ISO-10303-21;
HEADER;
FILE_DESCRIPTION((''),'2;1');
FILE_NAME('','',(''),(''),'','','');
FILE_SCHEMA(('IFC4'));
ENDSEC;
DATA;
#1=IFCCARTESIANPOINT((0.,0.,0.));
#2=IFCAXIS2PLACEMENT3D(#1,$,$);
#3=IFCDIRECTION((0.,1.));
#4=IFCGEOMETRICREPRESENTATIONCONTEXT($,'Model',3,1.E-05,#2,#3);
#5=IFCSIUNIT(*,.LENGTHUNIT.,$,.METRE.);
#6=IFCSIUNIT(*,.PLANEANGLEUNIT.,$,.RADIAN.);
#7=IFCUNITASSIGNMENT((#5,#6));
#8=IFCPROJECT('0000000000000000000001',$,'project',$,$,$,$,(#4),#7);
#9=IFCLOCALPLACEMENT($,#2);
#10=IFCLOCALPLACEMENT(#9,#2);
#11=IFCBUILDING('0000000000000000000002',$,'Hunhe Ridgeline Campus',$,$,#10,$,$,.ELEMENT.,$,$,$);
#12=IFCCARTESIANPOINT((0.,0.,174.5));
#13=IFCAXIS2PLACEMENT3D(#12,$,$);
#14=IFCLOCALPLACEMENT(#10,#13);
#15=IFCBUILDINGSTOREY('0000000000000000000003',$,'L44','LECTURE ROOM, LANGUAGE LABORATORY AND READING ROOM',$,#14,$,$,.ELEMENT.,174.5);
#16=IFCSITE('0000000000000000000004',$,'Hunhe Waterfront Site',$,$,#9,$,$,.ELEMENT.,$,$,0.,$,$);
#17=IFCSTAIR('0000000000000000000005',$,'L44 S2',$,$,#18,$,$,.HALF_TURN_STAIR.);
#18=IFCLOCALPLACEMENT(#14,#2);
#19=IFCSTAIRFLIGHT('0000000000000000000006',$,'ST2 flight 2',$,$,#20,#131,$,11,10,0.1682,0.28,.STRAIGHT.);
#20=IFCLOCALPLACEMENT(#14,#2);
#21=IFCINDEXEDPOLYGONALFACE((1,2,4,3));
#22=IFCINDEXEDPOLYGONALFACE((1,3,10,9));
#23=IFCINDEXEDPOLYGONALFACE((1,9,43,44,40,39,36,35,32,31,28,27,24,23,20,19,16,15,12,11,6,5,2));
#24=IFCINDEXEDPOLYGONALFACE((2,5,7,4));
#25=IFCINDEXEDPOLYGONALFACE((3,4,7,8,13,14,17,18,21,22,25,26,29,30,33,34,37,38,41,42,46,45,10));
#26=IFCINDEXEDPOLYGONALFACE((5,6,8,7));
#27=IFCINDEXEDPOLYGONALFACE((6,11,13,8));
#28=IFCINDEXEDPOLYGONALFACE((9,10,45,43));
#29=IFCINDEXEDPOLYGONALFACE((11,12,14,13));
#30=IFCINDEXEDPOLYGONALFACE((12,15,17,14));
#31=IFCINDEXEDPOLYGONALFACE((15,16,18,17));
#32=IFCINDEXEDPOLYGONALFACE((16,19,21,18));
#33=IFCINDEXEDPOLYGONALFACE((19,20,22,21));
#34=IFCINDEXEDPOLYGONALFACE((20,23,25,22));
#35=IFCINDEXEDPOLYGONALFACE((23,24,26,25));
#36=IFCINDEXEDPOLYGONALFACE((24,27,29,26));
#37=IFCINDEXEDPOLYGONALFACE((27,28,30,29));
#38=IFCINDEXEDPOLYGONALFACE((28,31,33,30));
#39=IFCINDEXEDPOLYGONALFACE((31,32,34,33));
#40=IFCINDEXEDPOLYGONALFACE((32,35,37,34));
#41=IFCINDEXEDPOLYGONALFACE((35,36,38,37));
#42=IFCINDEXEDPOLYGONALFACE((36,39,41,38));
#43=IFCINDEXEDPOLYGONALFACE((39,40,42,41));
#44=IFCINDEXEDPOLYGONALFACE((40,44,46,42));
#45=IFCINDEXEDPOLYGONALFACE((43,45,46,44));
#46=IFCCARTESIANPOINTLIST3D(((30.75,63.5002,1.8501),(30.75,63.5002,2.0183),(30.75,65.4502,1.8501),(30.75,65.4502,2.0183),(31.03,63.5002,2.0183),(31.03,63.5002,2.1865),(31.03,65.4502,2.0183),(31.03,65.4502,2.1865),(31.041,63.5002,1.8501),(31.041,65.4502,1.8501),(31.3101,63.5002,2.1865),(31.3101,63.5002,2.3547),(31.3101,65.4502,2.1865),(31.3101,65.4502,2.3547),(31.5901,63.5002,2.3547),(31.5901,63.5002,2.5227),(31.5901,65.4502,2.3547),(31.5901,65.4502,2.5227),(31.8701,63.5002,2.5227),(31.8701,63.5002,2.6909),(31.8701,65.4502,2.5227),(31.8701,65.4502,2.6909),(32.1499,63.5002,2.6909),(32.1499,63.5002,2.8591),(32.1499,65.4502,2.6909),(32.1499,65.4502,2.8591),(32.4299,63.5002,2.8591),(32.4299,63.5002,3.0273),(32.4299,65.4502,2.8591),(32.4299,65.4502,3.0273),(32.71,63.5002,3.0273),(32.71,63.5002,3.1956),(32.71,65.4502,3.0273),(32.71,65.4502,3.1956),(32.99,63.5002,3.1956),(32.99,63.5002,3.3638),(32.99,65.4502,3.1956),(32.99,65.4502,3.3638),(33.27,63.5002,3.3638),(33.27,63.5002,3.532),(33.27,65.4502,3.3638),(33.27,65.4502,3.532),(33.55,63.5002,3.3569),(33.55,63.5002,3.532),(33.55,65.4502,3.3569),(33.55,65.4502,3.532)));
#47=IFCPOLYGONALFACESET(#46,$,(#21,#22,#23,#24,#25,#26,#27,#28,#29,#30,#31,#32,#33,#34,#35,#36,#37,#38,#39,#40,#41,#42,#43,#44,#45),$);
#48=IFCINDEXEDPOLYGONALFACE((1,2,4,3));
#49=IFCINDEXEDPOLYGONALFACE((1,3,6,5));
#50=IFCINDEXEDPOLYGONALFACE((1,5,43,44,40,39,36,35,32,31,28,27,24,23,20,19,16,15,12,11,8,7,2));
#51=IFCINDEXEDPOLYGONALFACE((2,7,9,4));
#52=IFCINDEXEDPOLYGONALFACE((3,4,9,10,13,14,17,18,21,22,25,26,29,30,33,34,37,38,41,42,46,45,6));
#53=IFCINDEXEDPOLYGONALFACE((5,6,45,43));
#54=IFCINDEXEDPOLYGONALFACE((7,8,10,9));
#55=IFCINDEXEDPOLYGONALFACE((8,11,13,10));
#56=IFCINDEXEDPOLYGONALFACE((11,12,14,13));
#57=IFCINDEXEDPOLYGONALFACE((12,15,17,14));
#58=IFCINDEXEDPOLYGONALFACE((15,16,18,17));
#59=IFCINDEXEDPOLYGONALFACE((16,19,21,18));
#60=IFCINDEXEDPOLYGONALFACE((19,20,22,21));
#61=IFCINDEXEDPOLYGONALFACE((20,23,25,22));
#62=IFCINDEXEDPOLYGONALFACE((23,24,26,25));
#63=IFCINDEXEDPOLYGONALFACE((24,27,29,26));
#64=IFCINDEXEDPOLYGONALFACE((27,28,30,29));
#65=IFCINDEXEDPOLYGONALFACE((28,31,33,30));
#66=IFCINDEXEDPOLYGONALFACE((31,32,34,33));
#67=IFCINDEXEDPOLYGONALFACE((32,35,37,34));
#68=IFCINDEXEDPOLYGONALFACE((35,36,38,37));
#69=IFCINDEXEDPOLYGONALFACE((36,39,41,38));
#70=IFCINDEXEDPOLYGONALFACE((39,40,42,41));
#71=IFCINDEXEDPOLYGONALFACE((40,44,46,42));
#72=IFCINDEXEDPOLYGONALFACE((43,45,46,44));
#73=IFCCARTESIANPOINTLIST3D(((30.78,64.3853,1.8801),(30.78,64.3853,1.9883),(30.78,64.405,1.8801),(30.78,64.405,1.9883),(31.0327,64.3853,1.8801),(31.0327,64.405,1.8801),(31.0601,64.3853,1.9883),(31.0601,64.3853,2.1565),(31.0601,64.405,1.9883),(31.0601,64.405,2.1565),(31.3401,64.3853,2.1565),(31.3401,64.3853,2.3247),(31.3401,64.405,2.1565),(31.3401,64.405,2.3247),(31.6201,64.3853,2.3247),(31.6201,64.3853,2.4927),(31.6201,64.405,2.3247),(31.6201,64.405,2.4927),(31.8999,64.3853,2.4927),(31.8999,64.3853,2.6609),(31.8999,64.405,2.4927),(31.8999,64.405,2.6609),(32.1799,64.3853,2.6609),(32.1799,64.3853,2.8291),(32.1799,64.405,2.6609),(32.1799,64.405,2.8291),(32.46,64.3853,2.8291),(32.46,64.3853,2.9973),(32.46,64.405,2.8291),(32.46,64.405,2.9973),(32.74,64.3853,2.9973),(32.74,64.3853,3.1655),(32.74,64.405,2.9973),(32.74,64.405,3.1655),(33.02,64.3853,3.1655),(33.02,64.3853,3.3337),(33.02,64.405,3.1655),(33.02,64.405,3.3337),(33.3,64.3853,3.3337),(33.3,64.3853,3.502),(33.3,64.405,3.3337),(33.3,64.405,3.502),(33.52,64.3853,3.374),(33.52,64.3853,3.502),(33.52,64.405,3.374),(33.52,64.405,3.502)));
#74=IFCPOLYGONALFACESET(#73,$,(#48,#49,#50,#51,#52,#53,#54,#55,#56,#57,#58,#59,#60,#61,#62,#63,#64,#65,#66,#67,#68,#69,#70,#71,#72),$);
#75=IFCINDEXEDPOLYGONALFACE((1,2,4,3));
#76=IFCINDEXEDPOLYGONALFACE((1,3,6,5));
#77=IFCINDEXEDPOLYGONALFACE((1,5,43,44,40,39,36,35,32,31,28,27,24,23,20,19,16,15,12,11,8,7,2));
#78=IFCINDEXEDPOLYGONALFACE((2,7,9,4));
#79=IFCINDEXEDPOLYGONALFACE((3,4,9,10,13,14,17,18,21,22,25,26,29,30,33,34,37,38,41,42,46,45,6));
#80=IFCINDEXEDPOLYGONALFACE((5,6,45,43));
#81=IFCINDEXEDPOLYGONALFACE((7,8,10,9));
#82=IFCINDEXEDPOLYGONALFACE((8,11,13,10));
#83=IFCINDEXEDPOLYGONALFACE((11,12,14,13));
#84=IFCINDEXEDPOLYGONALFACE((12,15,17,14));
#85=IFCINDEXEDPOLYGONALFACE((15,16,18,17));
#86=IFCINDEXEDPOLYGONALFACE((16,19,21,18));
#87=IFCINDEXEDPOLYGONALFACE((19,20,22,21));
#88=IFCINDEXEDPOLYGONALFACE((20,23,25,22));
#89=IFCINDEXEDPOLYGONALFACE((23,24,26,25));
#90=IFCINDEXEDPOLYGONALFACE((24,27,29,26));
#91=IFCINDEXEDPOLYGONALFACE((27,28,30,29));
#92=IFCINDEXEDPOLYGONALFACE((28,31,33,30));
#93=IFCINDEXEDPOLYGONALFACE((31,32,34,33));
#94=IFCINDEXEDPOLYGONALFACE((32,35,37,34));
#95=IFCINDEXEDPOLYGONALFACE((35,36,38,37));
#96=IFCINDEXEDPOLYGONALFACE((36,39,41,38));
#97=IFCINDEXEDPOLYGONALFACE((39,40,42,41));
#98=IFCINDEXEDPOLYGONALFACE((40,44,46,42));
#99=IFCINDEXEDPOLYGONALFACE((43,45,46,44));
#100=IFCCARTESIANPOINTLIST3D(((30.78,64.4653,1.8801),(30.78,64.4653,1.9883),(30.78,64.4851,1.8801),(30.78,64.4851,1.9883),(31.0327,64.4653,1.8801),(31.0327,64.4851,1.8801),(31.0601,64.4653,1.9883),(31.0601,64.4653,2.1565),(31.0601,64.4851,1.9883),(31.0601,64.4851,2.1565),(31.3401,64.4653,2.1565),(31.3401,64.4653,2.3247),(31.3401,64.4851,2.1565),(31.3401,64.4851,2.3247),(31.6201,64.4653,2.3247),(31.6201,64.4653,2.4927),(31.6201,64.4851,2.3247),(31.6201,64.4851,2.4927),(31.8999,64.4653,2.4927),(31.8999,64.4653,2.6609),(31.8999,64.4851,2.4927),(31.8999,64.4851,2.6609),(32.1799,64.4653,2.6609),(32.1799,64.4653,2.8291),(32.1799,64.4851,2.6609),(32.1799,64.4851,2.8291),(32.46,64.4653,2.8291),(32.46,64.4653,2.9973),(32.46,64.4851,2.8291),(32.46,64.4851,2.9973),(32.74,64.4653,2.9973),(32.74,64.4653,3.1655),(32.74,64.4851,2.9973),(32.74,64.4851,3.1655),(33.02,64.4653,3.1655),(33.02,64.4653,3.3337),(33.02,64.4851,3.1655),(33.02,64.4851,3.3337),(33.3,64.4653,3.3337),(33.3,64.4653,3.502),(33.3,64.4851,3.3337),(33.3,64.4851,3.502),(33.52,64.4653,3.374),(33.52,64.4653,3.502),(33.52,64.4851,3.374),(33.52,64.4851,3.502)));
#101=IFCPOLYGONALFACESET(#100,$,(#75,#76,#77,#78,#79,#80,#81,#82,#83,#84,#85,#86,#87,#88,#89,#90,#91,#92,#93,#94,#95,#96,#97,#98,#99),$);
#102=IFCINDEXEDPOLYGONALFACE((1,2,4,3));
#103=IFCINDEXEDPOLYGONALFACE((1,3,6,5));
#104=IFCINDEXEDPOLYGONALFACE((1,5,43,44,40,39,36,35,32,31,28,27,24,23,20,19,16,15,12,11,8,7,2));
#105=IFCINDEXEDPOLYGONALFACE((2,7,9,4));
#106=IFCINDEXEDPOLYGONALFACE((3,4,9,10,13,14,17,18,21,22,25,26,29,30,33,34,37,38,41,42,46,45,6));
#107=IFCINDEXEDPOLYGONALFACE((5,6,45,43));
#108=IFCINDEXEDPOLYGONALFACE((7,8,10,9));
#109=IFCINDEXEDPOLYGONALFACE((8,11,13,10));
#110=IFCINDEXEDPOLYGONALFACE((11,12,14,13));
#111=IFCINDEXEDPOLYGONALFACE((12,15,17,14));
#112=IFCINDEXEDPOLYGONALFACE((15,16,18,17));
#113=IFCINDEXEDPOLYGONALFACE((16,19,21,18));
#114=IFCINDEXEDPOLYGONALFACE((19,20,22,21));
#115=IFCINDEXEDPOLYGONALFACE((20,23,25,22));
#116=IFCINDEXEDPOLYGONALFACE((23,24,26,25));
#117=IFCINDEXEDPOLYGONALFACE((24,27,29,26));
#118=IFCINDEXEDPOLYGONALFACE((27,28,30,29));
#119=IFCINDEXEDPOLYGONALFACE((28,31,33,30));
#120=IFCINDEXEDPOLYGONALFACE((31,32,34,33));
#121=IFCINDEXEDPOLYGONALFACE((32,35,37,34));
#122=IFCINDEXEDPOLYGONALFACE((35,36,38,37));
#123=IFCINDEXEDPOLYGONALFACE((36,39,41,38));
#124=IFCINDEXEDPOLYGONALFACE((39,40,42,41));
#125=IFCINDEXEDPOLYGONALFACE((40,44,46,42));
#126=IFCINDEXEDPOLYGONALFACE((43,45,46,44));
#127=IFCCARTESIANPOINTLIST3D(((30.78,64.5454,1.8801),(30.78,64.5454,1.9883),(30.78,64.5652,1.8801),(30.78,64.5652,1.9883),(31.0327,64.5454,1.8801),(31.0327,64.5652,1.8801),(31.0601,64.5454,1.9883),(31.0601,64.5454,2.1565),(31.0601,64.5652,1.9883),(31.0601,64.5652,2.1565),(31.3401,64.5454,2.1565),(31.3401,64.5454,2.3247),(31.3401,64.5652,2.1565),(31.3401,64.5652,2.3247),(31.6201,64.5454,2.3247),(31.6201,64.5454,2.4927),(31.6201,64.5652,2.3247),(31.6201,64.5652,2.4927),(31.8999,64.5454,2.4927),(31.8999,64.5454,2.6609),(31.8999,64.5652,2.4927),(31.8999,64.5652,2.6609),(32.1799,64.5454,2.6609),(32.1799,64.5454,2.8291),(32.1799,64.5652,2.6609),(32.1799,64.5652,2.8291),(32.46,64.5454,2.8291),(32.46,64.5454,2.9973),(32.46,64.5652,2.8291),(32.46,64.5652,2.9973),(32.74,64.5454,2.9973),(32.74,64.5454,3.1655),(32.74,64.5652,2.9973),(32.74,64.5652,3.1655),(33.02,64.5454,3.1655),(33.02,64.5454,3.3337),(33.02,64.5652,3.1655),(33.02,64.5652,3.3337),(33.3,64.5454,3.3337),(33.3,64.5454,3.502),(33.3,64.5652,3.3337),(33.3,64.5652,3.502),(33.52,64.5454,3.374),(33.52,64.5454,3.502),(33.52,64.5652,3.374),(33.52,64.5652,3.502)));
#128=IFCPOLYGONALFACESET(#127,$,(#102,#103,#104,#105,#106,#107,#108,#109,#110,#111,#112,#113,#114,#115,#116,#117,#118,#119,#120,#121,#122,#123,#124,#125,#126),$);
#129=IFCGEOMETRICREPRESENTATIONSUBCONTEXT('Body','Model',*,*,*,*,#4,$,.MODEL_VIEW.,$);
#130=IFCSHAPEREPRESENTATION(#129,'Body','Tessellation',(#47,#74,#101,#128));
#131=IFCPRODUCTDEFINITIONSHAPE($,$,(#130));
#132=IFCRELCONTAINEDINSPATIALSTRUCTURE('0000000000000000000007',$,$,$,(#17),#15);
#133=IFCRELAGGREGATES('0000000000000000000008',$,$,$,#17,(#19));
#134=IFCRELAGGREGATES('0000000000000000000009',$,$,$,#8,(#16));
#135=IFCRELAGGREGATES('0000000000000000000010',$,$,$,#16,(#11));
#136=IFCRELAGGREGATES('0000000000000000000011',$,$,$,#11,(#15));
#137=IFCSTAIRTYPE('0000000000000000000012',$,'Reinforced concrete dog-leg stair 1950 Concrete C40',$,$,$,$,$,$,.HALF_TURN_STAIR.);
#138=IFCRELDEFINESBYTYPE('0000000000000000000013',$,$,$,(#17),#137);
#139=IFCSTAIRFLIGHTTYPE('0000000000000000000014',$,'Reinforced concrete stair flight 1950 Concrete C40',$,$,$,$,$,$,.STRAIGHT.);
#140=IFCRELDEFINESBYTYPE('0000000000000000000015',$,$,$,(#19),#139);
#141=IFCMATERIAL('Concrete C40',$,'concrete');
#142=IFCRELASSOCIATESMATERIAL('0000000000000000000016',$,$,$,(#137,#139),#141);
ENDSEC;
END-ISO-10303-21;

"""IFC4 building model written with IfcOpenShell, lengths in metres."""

from ifc_helpers import new_model, si_unit, direction, frame, origin, place, context, subcontext, project, spatial, polyline, outline, extrude, material, type_object, element, aggregate, save


model = new_model("IFC4")

# Units and contexts
model_context = context("Model", 3, precision=1e-05, world=origin(), true_north=direction((0.0, 1.0)))
body_context = subcontext(model_context, "Body", "Model", "MODEL_VIEW")
ifc_project = project(units=[si_unit("LENGTHUNIT", "METRE"), si_unit("PLANEANGLEUNIT", "RADIAN")], contexts=[model_context])

# Site, building, storey
site_placement = place(None, origin())
site = spatial("IfcSite", under=ifc_project, at=site_placement, Name="Hunhe Waterfront Site", CompositionType="ELEMENT", RefElevation=0.0)
building_placement = place(site_placement, origin())
building = spatial("IfcBuilding", under=site, at=building_placement, Name="Hunhe Ridgeline Campus", CompositionType="ELEMENT")
storey_placement = place(building_placement, frame((0.0, 0.0, 174.5)))
storey = spatial("IfcBuildingStorey", under=building, at=storey_placement, Name="L44", Description="LECTURE ROOM, LANGUAGE LABORATORY AND READING ROOM", CompositionType="ELEMENT", Elevation=174.5)

# Stair, stair flight
ifc_material_1 = material(Name="Concrete C40", Category="concrete")
stair_type = type_object("IfcStairType", Name="Reinforced concrete dog-leg stair 1950 Concrete C40", PredefinedType="HALF_TURN_STAIR", material=ifc_material_1)
stair_placement = place(storey_placement, origin())
stair = element("IfcStair", 1, at=stair_placement, inside=storey, type_object=stair_type, Name="L44 S2", PredefinedType="HALF_TURN_STAIR")
stair_flight_type = type_object("IfcStairFlightType", Name="Reinforced concrete stair flight 1950 Concrete C40", PredefinedType="STRAIGHT", material=ifc_material_1)
stair_flight_1_placement = place(storey_placement, frame((30.75, 64.4751, 1.8501), z_axis=(0.0, 0.0, 1.0), x_axis=(1.0, 0.0, 0.0)))
stair_flight_1 = element("IfcStairFlight", 2, at=stair_flight_1_placement, type_object=stair_flight_type, Name="ST2 flight 2", NumberOfRisers=11, NumberOfTreads=10, PredefinedType="STRAIGHT", RiserHeight=0.1682, TreadLength=0.28, context=body_context, shape_type="SweptSolid", body=[
    extrude(outline(polyline([(0.0, 0.0), (0.0, 0.1682), (0.28, 0.1682), (0.28, 0.3364), (0.5601, 0.3364), (0.5601, 0.5046), (0.8401, 0.5046), (0.8401, 0.6726), (1.1201, 0.6726), (1.1201, 0.8408), (1.3999, 0.8408), (1.3999, 1.009), (1.6799, 1.009), (1.6799, 1.1772), (1.96, 1.1772), (1.96, 1.3455), (2.24, 1.3455), (2.24, 1.5137), (2.52, 1.5137), (2.52, 1.6819), (2.8, 1.6819), (2.8, 1.8501), (2.8, 1.5068), (0.291, 0.0), (0.0, 0.0)])), frame((0.0, 0.9751, 0.0), z_axis=(0.0, -1.0, 0.0), x_axis=(1.0, 0.0, 0.0)), (0.0, 0.0, 1.0), 1.95),
    extrude(outline(polyline([(0.03, 0.03), (0.03, 0.1382), (0.3101, 0.1382), (0.3101, 0.3064), (0.5901, 0.3064), (0.5901, 0.4746), (0.8701, 0.4746), (0.8701, 0.6426), (1.1499, 0.6426), (1.1499, 0.8108), (1.4299, 0.8108), (1.4299, 0.979), (1.71, 0.979), (1.71, 1.1472), (1.99, 1.1472), (1.99, 1.3154), (2.27, 1.3154), (2.27, 1.4836), (2.55, 1.4836), (2.55, 1.6519), (2.77, 1.6519), (2.77, 1.5239), (0.2827, 0.03), (0.03, 0.03)])), frame((0.0, -0.0701, 0.0), z_axis=(0.0, -1.0, 0.0), x_axis=(1.0, 0.0, 0.0)), (0.0, 0.0, 1.0), 0.0198),
    extrude(outline(polyline([(0.03, 0.03), (0.03, 0.1382), (0.3101, 0.1382), (0.3101, 0.3064), (0.5901, 0.3064), (0.5901, 0.4746), (0.8701, 0.4746), (0.8701, 0.6426), (1.1499, 0.6426), (1.1499, 0.8108), (1.4299, 0.8108), (1.4299, 0.979), (1.71, 0.979), (1.71, 1.1472), (1.99, 1.1472), (1.99, 1.3154), (2.27, 1.3154), (2.27, 1.4836), (2.55, 1.4836), (2.55, 1.6519), (2.77, 1.6519), (2.77, 1.5239), (0.2827, 0.03), (0.03, 0.03)])), frame((0.0, 0.01, 0.0), z_axis=(0.0, -1.0, 0.0), x_axis=(1.0, 0.0, 0.0)), (0.0, 0.0, 1.0), 0.0198),
    extrude(outline(polyline([(0.03, 0.03), (0.03, 0.1382), (0.3101, 0.1382), (0.3101, 0.3064), (0.5901, 0.3064), (0.5901, 0.4746), (0.8701, 0.4746), (0.8701, 0.6426), (1.1499, 0.6426), (1.1499, 0.8108), (1.4299, 0.8108), (1.4299, 0.979), (1.71, 0.979), (1.71, 1.1472), (1.99, 1.1472), (1.99, 1.3154), (2.27, 1.3154), (2.27, 1.4836), (2.55, 1.4836), (2.55, 1.6519), (2.77, 1.6519), (2.77, 1.5239), (0.2827, 0.03), (0.03, 0.03)])), frame((0.0, 0.0901, 0.0), z_axis=(0.0, -1.0, 0.0), x_axis=(1.0, 0.0, 0.0)), (0.0, 0.0, 1.0), 0.0198),
])
aggregate(stair, [stair_flight_1])

save(model, "model.ifc")
